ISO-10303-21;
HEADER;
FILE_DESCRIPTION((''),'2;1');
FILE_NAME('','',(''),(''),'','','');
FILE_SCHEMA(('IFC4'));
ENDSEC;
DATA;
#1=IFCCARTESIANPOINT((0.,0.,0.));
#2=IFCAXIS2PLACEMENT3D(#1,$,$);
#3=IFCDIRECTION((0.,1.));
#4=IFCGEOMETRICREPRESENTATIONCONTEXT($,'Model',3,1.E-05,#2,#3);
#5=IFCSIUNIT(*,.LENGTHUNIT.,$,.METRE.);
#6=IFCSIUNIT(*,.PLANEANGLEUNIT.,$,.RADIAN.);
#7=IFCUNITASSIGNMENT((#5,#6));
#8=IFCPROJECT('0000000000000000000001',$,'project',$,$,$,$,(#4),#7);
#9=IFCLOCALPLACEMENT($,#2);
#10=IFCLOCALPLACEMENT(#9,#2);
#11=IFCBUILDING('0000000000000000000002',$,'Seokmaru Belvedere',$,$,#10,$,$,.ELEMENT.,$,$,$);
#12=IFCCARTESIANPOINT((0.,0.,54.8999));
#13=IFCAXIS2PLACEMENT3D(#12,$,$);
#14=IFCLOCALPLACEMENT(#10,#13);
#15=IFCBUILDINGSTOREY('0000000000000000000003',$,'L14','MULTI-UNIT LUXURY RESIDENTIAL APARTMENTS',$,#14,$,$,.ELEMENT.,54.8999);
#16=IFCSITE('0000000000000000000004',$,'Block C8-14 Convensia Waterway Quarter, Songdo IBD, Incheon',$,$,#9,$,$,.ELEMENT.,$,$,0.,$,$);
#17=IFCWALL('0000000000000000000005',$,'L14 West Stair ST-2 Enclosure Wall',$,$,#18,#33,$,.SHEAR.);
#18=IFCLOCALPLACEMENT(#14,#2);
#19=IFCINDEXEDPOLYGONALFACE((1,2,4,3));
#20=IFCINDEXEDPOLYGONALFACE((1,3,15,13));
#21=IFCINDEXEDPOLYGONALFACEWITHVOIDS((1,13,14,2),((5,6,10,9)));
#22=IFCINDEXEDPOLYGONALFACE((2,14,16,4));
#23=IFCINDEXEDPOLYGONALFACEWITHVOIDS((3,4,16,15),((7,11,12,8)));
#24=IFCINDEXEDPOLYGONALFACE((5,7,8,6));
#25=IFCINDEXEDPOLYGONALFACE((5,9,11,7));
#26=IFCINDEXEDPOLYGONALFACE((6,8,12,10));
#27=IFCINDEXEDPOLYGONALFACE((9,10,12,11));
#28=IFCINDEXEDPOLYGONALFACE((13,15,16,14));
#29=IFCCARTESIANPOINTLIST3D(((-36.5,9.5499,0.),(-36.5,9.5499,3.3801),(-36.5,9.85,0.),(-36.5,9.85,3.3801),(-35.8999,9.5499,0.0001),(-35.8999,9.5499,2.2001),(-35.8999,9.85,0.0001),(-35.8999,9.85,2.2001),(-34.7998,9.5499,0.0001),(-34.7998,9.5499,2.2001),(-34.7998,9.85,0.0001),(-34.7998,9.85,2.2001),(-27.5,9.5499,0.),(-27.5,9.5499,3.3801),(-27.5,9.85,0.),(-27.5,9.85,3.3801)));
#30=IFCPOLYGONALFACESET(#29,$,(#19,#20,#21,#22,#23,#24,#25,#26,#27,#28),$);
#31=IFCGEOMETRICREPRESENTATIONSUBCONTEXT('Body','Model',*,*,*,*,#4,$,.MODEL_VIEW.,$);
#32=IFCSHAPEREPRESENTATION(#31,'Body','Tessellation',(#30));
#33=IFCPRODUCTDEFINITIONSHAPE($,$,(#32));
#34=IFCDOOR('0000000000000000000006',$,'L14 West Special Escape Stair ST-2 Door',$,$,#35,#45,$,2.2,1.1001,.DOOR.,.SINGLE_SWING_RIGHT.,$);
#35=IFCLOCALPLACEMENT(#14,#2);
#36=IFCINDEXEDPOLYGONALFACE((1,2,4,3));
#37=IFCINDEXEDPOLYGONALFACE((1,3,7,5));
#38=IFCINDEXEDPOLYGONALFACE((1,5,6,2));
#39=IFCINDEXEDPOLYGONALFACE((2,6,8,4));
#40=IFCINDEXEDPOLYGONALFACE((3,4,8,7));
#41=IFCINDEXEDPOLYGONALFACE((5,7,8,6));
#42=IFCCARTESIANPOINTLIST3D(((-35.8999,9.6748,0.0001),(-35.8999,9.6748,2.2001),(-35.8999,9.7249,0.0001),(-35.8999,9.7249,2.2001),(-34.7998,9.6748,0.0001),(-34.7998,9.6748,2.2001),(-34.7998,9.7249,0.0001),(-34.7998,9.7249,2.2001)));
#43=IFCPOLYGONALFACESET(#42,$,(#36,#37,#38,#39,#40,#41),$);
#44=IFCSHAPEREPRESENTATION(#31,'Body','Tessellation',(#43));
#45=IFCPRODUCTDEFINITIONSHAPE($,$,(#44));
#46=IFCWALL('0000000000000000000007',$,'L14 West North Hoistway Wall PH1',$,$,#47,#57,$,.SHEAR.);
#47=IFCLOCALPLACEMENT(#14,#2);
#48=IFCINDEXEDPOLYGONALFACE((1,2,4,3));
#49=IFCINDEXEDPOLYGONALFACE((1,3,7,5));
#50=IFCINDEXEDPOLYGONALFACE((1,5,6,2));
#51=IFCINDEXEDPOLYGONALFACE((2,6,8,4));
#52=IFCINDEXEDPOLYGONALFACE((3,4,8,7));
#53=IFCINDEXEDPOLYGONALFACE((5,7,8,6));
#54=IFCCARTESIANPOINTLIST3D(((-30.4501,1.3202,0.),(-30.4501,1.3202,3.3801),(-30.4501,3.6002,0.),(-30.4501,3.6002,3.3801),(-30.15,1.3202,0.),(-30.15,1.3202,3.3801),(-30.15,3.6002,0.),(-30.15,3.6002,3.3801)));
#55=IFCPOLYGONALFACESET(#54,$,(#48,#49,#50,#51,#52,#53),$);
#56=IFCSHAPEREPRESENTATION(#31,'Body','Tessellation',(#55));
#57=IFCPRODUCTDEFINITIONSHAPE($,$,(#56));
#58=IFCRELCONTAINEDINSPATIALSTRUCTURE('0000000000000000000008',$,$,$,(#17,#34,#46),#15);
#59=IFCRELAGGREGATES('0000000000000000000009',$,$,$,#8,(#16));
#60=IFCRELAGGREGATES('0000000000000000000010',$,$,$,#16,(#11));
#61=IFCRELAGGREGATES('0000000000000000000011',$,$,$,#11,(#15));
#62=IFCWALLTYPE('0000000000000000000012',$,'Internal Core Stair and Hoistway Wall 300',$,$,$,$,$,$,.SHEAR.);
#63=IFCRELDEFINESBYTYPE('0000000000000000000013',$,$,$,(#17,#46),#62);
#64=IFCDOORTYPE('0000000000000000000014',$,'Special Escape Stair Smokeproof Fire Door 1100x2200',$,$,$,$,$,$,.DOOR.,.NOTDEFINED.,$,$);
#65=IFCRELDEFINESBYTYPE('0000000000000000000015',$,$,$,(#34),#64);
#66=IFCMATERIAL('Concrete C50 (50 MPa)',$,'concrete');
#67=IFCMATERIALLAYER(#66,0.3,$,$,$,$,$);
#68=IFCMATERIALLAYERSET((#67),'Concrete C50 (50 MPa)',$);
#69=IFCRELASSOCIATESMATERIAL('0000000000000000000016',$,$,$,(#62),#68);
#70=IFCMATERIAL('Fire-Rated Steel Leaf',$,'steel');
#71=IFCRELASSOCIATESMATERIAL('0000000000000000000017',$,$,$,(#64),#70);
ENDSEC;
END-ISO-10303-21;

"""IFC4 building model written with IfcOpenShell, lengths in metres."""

from ifc_helpers import new_model, si_unit, direction, frame, frame_2d, origin, place, context, subcontext, project, spatial, rectangle, extrude, source, transform, mapped, material, layer, layer_set, type_object, type_shapes, element, fill, save


model = new_model("IFC4")

# Units and contexts
model_context = context("Model", 3, precision=1e-05, world=origin(), true_north=direction((0.0, 1.0)))
body_context = subcontext(model_context, "Body", "Model", "MODEL_VIEW")
ifc_project = project(units=[si_unit("LENGTHUNIT", "METRE"), si_unit("PLANEANGLEUNIT", "RADIAN")], contexts=[model_context])

# Site, building, storey
site_placement = place(None, origin())
site = spatial("IfcSite", under=ifc_project, at=site_placement, Name="Block C8-14 Convensia Waterway Quarter, Songdo IBD, Incheon", CompositionType="ELEMENT", RefElevation=0.0)
building_placement = place(site_placement, origin())
building = spatial("IfcBuilding", under=site, at=building_placement, Name="Seokmaru Belvedere", CompositionType="ELEMENT")
storey_placement = place(building_placement, frame((0.0, 0.0, 54.8999)))
storey = spatial("IfcBuildingStorey", under=building, at=storey_placement, Name="L14", Description="MULTI-UNIT LUXURY RESIDENTIAL APARTMENTS", CompositionType="ELEMENT", Elevation=54.8999)

# Shared definitions
ifc_material_1 = material(Name="Fire-Rated Steel Leaf", Category="steel")

# Shared definitions
ifc_material_2 = material(Name="Concrete C50 (50 MPa)", Category="concrete")

# Wall, opening, door
ifc_layer_1 = layer(ifc_material_2, 0.3)
ifc_layer_set_1 = layer_set([ifc_layer_1], Name="Concrete C50 (50 MPa)")
wall_type_1 = type_object("IfcWallType", Name="Internal Core Stair and Hoistway Wall 300", PredefinedType="SHEAR", material=ifc_layer_set_1)
wall_1_placement = place(storey_placement, frame((-36.5, 9.7, 0.0), z_axis=(0.0, 0.0, 1.0), x_axis=(1.0, 0.0, 0.0)))
wall_1 = element("IfcWall", 1, at=wall_1_placement, inside=storey, type_object=wall_type_1, Name="L14 West Stair ST-2 Enclosure Wall", PredefinedType="SHEAR", context=body_context, shape_type="SweptSolid", body=[
    extrude(rectangle(XDim=9.0, YDim=0.3, at=frame_2d((4.5, 0.0))), origin(), (0.0, 0.0, 1.0), 3.3801),
])
opening_1_placement = place(wall_1_placement, frame((0.6001, 0.0, 0.0)))
opening_1 = element("IfcOpeningElement", 2, at=opening_1_placement, cuts=wall_1, PredefinedType="OPENING", context=body_context, shape_type="SweptSolid", body=[
    extrude(rectangle(XDim=1.1001, YDim=2.2, at=frame_2d((0.55, 1.1001))), frame((0.0, 0.1602, 0.0), z_axis=(0.0, -1.0, 0.0), x_axis=(1.0, 0.0, 0.0)), (0.0, 0.0, 1.0), 0.3201),
])
door_type_1 = type_object("IfcDoorType", Name="Special Escape Stair Smokeproof Fire Door 1100x2200", OperationType="NOTDEFINED", PredefinedType="DOOR", material=ifc_material_1)
shared_shape_1 = source(origin(), body_context, "Body", "SweptSolid", [
    extrude(rectangle(XDim=1.1001, YDim=2.2, at=frame_2d((0.55, 1.1001))), frame((0.0, 0.0249, 0.0), z_axis=(0.0, -1.0, 0.0), x_axis=(1.0, 0.0, 0.0)), (0.0, 0.0, 1.0), 0.05),
])
type_shapes(door_type_1, [shared_shape_1])
door_1_placement = place(opening_1_placement, origin())
door_1 = element("IfcDoor", 3, at=door_1_placement, inside=storey, type_object=door_type_1, Name="L14 West Special Escape Stair ST-2 Door", OperationType="SINGLE_SWING_RIGHT", OverallHeight=2.2, OverallWidth=1.1001, PredefinedType="DOOR", context=body_context, shape_type="MappedRepresentation", body=[
    mapped(shared_shape_1, transform((0.0, 0.0, 0.0), scale=1.0)),
])
fill(opening_1, door_1)

# Wall
wall_2_placement = place(storey_placement, frame((-30.3, 1.3201, 0.0), z_axis=(0.0, 0.0, 1.0), x_axis=(0.0, 1.0, 0.0)))
element("IfcWall", 4, at=wall_2_placement, inside=storey, type_object=wall_type_1, Name="L14 West North Hoistway Wall PH1", PredefinedType="SHEAR", context=body_context, shape_type="SweptSolid", body=[
    extrude(rectangle(XDim=2.28, YDim=0.3, at=frame_2d((1.1401, 0.0))), origin(), (0.0, 0.0, 1.0), 3.3801),
])

save(model, "model.ifc")
